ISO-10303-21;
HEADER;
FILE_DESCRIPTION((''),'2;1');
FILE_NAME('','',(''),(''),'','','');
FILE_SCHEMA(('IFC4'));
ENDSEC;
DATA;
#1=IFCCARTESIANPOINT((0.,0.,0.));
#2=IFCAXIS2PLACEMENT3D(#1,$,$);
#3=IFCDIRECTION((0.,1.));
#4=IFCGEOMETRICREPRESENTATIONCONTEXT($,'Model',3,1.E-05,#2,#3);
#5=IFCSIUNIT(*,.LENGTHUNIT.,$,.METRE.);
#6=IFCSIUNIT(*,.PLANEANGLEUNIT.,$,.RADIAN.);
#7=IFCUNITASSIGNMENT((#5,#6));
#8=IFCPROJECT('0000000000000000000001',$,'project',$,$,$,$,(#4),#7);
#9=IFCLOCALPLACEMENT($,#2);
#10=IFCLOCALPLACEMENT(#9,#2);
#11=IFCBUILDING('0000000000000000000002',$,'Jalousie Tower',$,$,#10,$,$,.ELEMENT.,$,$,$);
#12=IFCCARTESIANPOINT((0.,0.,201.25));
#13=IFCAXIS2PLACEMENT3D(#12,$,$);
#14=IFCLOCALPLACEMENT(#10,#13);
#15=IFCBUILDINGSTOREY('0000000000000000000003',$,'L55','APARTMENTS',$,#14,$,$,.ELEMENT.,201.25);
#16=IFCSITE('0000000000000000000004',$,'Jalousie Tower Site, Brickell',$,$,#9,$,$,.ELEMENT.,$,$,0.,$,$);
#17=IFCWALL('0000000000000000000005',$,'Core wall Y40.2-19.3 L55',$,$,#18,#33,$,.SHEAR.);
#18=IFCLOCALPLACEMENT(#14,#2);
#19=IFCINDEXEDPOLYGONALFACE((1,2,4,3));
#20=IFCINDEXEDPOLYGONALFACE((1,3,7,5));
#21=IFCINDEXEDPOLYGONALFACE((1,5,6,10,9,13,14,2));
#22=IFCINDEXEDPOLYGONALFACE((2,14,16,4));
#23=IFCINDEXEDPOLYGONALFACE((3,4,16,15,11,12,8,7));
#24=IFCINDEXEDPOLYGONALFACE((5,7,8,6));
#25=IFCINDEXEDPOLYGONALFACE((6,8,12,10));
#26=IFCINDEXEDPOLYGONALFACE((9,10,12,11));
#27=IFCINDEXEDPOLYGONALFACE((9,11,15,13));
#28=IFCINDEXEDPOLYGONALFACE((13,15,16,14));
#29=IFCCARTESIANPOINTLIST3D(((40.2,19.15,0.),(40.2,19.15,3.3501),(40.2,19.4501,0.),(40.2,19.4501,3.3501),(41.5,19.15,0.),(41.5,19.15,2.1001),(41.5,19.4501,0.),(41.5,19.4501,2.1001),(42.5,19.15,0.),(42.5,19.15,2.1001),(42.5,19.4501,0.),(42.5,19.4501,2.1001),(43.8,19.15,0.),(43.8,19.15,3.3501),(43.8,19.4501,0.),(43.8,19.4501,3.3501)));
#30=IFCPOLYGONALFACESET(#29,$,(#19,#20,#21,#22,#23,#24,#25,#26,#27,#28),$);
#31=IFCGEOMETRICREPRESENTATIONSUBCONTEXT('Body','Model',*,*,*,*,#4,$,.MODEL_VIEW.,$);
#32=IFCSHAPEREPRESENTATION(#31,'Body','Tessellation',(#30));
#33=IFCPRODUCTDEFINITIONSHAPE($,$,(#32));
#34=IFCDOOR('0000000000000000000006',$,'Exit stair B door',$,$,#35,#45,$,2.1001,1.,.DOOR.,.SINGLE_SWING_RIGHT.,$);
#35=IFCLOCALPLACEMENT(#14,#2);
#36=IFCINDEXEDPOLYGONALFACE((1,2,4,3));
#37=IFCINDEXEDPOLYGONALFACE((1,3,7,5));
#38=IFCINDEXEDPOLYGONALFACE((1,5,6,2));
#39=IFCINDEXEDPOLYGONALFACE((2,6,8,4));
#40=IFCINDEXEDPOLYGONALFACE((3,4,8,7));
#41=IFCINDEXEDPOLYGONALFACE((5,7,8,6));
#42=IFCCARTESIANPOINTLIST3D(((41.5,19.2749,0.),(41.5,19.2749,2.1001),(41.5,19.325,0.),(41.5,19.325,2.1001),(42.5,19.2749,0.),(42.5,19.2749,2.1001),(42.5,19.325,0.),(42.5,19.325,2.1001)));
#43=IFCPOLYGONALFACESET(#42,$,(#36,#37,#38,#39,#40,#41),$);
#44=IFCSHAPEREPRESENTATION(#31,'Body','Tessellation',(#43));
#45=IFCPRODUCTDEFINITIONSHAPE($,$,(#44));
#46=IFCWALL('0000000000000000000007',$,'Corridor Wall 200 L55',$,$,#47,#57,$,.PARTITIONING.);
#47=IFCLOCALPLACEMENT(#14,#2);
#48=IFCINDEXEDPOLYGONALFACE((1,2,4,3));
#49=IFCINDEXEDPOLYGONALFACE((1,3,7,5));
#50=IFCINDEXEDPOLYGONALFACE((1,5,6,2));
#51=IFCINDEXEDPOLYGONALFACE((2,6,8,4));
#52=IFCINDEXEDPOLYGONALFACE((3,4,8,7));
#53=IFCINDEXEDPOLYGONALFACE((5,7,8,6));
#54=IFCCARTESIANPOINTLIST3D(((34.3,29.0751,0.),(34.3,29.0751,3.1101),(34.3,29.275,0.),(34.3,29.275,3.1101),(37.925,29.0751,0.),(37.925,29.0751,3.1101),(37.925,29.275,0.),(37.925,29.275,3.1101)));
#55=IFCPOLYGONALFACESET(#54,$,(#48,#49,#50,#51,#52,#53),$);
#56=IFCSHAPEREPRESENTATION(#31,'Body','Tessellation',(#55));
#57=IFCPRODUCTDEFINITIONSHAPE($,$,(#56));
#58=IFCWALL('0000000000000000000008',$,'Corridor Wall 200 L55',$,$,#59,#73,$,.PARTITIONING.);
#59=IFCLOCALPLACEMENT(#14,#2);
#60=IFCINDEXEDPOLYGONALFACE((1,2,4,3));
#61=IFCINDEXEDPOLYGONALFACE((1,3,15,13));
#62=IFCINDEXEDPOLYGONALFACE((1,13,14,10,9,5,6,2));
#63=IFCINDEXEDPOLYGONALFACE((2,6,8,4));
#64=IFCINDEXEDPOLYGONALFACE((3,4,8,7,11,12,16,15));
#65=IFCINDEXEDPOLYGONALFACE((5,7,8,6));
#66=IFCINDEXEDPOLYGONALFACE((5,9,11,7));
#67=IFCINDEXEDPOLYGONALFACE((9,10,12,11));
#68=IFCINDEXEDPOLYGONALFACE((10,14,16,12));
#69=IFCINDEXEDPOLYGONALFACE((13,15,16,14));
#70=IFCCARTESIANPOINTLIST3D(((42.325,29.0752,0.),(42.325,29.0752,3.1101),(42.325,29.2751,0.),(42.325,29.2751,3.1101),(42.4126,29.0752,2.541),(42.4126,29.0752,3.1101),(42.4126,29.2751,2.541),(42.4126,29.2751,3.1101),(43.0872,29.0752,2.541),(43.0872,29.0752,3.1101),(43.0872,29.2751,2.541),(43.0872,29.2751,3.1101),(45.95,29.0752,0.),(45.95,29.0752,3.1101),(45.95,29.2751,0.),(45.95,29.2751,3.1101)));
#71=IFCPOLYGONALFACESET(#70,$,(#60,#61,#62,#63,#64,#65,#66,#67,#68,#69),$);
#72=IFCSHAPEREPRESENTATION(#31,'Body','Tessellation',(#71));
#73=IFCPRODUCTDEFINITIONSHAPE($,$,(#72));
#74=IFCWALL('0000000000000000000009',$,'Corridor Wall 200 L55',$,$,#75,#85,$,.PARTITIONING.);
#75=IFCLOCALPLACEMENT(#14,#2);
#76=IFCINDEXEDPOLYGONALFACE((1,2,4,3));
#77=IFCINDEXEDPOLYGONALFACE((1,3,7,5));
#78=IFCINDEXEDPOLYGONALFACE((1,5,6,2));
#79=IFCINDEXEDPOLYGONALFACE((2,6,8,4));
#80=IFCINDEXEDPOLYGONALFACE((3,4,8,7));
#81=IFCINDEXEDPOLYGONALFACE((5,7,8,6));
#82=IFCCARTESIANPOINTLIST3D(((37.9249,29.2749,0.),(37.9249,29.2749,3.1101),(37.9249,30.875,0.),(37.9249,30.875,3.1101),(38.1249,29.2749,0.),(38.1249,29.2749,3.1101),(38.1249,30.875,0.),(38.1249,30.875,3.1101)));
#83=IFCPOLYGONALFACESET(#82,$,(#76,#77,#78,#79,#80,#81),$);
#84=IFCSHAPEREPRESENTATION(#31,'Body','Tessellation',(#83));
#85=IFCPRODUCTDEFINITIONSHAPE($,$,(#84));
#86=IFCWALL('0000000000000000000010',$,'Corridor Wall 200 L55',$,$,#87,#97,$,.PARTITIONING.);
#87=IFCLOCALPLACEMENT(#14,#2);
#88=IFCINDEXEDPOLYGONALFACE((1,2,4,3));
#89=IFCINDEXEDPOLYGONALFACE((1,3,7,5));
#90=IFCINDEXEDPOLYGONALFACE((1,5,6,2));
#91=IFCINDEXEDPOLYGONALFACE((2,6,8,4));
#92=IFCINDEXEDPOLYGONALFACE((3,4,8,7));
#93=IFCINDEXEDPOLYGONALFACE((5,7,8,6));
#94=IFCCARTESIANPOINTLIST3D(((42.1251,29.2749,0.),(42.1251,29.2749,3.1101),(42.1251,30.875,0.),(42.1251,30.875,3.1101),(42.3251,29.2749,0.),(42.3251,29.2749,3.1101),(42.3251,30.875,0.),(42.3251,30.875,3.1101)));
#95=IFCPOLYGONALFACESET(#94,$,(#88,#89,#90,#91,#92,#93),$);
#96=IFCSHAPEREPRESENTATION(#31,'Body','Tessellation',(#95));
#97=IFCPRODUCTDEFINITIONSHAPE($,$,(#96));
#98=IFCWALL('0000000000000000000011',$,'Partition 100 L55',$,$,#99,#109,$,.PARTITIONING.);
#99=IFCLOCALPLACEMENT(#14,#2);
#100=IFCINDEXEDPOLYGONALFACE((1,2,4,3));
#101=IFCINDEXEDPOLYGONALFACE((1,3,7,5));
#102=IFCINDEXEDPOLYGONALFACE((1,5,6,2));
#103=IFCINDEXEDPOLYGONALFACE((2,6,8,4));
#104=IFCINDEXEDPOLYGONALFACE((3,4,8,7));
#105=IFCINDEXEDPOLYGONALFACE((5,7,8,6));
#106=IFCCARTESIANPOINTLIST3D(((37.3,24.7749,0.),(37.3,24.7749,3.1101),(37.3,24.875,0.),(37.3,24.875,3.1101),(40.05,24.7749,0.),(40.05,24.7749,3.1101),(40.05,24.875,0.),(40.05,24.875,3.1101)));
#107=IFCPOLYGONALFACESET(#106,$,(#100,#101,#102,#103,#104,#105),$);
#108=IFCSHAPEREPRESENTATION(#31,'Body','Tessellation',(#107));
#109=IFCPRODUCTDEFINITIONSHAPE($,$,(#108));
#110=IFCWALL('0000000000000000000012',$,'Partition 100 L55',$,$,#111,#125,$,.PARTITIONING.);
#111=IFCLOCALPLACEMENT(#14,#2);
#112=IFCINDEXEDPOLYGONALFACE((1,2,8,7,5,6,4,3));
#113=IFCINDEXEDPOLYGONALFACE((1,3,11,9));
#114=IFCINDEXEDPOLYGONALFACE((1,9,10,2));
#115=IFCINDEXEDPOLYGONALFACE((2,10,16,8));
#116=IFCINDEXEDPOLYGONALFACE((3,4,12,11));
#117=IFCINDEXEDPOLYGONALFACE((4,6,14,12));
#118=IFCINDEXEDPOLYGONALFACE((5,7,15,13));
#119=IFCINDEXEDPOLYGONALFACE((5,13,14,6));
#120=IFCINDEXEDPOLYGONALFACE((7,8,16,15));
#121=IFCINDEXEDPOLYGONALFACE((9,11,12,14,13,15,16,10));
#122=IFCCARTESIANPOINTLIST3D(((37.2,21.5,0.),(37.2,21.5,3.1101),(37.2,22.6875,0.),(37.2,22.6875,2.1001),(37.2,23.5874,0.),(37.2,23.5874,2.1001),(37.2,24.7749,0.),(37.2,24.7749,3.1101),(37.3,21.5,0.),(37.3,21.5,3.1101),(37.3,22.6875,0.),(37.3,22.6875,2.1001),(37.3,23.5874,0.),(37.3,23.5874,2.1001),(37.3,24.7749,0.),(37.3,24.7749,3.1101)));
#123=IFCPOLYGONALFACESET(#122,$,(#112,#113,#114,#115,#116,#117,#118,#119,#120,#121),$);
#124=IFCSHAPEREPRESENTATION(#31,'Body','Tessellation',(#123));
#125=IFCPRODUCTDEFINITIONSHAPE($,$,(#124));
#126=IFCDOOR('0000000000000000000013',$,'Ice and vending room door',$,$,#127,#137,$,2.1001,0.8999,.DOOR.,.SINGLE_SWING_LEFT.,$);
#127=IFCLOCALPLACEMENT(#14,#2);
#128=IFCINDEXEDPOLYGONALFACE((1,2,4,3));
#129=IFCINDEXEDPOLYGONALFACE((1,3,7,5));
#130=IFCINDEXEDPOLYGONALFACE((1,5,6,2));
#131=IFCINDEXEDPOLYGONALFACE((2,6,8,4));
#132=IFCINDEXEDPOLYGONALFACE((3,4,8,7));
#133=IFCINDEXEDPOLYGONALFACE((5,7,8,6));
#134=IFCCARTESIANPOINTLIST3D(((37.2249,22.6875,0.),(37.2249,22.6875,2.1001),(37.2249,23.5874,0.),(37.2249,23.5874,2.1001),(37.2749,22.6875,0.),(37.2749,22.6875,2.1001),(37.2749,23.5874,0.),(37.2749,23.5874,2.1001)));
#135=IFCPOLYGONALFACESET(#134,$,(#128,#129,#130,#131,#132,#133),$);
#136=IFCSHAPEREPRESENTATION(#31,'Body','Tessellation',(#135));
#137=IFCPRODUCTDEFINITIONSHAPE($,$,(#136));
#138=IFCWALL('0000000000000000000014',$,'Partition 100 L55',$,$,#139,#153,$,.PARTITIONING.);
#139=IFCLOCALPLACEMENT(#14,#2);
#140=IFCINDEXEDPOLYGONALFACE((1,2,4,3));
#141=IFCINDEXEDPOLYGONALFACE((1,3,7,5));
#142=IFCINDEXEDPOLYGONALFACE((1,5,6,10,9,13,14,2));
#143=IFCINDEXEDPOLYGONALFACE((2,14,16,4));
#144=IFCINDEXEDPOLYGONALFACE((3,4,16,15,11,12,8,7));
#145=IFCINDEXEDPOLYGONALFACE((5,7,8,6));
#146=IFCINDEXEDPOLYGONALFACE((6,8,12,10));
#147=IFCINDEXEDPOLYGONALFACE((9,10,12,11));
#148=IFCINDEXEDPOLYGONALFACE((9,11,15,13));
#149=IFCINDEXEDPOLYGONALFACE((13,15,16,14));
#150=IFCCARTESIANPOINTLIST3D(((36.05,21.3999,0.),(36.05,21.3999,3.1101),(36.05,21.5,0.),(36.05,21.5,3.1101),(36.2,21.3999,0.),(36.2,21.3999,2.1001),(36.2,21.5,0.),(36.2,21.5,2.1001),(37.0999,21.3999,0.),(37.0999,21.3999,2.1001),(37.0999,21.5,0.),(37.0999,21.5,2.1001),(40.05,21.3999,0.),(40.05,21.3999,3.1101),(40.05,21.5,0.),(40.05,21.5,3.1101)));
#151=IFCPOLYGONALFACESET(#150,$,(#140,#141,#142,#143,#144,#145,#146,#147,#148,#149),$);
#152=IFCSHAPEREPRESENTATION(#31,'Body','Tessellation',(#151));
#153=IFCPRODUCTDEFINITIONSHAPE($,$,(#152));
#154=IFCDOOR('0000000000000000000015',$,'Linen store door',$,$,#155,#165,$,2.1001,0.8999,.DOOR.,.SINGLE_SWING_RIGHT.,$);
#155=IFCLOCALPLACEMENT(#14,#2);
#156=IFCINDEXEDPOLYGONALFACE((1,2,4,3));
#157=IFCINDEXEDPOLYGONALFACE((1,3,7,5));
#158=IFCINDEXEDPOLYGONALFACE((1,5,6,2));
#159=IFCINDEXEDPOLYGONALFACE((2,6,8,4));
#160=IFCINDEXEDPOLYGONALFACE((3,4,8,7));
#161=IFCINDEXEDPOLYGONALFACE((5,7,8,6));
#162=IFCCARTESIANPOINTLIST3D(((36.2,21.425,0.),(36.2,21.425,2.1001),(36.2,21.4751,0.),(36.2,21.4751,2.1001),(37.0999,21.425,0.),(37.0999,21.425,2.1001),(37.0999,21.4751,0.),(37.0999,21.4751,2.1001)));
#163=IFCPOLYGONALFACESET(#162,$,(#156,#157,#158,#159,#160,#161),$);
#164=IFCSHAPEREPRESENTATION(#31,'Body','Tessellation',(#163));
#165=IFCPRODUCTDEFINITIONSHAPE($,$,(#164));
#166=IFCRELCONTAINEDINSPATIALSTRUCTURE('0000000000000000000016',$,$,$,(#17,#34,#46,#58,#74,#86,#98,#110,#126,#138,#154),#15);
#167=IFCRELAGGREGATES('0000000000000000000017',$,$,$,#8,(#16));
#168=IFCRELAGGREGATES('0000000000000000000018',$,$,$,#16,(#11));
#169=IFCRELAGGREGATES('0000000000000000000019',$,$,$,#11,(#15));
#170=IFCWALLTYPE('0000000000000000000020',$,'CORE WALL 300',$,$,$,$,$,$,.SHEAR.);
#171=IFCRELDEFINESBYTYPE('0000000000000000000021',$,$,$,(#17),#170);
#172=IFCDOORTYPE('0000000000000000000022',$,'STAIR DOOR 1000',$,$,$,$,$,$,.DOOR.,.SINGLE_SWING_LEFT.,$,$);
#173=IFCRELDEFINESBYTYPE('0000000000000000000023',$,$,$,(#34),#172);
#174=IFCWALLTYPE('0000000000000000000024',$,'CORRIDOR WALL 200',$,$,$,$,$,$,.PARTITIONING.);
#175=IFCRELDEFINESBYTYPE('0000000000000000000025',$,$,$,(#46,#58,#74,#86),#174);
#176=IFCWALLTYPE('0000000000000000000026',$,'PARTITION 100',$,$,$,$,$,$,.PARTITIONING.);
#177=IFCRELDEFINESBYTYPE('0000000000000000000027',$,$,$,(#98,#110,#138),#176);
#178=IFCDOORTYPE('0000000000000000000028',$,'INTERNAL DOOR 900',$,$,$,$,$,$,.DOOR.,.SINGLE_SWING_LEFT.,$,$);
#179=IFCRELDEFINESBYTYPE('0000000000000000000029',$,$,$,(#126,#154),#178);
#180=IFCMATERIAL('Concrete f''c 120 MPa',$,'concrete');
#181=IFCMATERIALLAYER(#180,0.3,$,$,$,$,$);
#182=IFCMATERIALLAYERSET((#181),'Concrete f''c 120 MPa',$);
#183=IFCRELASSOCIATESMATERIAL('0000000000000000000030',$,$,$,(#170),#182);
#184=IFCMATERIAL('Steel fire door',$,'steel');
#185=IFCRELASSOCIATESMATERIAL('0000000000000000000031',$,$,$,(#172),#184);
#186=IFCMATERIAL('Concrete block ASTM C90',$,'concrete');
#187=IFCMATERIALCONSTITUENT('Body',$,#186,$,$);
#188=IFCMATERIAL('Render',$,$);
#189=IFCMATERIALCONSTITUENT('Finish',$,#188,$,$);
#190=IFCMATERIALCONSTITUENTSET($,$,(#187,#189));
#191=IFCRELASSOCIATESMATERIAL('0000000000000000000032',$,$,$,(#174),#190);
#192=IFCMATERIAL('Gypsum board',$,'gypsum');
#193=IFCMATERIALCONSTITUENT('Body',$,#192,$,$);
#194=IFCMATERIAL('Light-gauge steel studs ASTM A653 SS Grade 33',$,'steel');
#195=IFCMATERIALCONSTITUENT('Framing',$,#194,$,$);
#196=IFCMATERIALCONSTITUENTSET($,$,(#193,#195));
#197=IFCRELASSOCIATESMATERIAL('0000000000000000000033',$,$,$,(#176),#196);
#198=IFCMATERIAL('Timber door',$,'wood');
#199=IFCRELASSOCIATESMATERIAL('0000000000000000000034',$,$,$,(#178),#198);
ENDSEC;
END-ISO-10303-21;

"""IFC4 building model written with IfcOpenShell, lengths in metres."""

from ifc_helpers import new_model, si_unit, direction, frame, frame_2d, origin, place, context, subcontext, project, spatial, polyline, rectangle, outline, extrude, material, layer, layer_set, constituent, constituent_set, type_object, element, fill, save


model = new_model("IFC4")

# Units and contexts
model_context = context("Model", 3, precision=1e-05, world=origin(), true_north=direction((0.0, 1.0)))
body_context = subcontext(model_context, "Body", "Model", "MODEL_VIEW")
ifc_project = project(units=[si_unit("LENGTHUNIT", "METRE"), si_unit("PLANEANGLEUNIT", "RADIAN")], contexts=[model_context])

# Site, building, storey
site_placement = place(None, origin())
site = spatial("IfcSite", under=ifc_project, at=site_placement, Name="Jalousie Tower Site, Brickell", CompositionType="ELEMENT", RefElevation=0.0)
building_placement = place(site_placement, origin())
building = spatial("IfcBuilding", under=site, at=building_placement, Name="Jalousie Tower", CompositionType="ELEMENT")
storey_placement = place(building_placement, frame((0.0, 0.0, 201.25)))
storey = spatial("IfcBuildingStorey", under=building, at=storey_placement, Name="L55", Description="APARTMENTS", CompositionType="ELEMENT", Elevation=201.25)

# Shared definitions
ifc_material_1 = material(Name="Concrete f'c 120 MPa", Category="concrete")
ifc_layer_1 = layer(ifc_material_1, 0.3)
ifc_layer_set_1 = layer_set([ifc_layer_1], Name="Concrete f'c 120 MPa")
wall_type_1 = type_object("IfcWallType", Name="CORE WALL 300", PredefinedType="SHEAR", material=ifc_layer_set_1)

# Wall, opening, door
wall_1_placement = place(storey_placement, frame((40.2, 19.3, 0.0), z_axis=(0.0, 0.0, 1.0), x_axis=(1.0, 0.0, 0.0)))
wall_1 = element("IfcWall", 1, at=wall_1_placement, inside=storey, type_object=wall_type_1, Name="Core wall Y40.2-19.3 L55", PredefinedType="SHEAR", context=body_context, shape_type="SweptSolid", body=[
    extrude(rectangle(XDim=3.6001, YDim=0.3, at=frame_2d((1.8, 0.0))), origin(), (0.0, 0.0, 1.0), 3.3501),
])
opening_1_placement = place(wall_1_placement, frame((1.3, 0.0, 0.0)))
opening_1 = element("IfcOpeningElement", 2, at=opening_1_placement, cuts=wall_1, PredefinedType="OPENING", context=body_context, shape_type="SweptSolid", body=[
    extrude(rectangle(XDim=1.0, YDim=2.1001, at=frame_2d((0.5, 1.05))), frame((0.0, 0.1599, 0.0), z_axis=(0.0, -1.0, 0.0), x_axis=(1.0, 0.0, 0.0)), (0.0, 0.0, 1.0), 0.3201),
])
ifc_material_2 = material(Name="Steel fire door", Category="steel")
door_type_1 = type_object("IfcDoorType", Name="STAIR DOOR 1000", OperationType="SINGLE_SWING_LEFT", PredefinedType="DOOR", material=ifc_material_2)
door_1_placement = place(opening_1_placement, origin())
door_1 = element("IfcDoor", 3, at=door_1_placement, inside=storey, type_object=door_type_1, Name="Exit stair B door", OperationType="SINGLE_SWING_RIGHT", OverallHeight=2.1001, OverallWidth=1.0, PredefinedType="DOOR", context=body_context, shape_type="SweptSolid", body=[
    extrude(rectangle(XDim=1.0, YDim=2.1001, at=frame_2d((0.5, 1.05))), frame((0.0, 0.0249, 0.0), z_axis=(0.0, -1.0, 0.0), x_axis=(1.0, 0.0, 0.0)), (0.0, 0.0, 1.0), 0.05),
])
fill(opening_1, door_1)

# Walls
ifc_material_3 = material(Name="Concrete block ASTM C90", Category="concrete")
ifc_constituent_1 = constituent(ifc_material_3, Name="Body")
ifc_material_4 = material(Name="Render")
ifc_constituent_2 = constituent(ifc_material_4, Name="Finish")
ifc_constituent_set_1 = constituent_set(constituents=[ifc_constituent_1, ifc_constituent_2])
wall_type_2 = type_object("IfcWallType", Name="CORRIDOR WALL 200", PredefinedType="PARTITIONING", material=ifc_constituent_set_1)
wall_2_placement = place(storey_placement, frame((34.3, 29.175, 0.0), z_axis=(0.0, 0.0, 1.0), x_axis=(1.0, 0.0, 0.0)))
element("IfcWall", 4, at=wall_2_placement, inside=storey, type_object=wall_type_2, Name="Corridor Wall 200 L55", PredefinedType="PARTITIONING", context=body_context, shape_type="SweptSolid", body=[
    extrude(rectangle(XDim=3.625, YDim=0.2, at=frame_2d((1.8125, 0.0))), origin(), (0.0, 0.0, 1.0), 3.1101),
])
wall_3_placement = place(storey_placement, frame((42.325, 29.175, 0.0), z_axis=(0.0, 0.0, 1.0), x_axis=(1.0, 0.0, 0.0)))
element("IfcWall", 5, at=wall_3_placement, inside=storey, type_object=wall_type_2, Name="Corridor Wall 200 L55", PredefinedType="PARTITIONING", context=body_context, shape_type="SweptSolid", body=[
    extrude(outline(polyline([(0.0, 0.0), (3.625, 0.0), (3.625, 3.1101), (0.7622, 3.1101), (0.7622, 2.541), (0.0876, 2.541), (0.0876, 3.1101), (0.0, 3.1101), (0.0, 0.0)])), frame((0.0, 0.1001, 0.0), z_axis=(0.0, -1.0, 0.0), x_axis=(1.0, 0.0, 0.0)), (0.0, 0.0, 1.0), 0.2),
])
for number, where, z_axis, x_axis, name in (
    (6, (38.0249, 29.2749, 0.0), (0.0, 0.0, 1.0), (0.0, 1.0, 0.0), "Corridor Wall 200 L55"),
    (7, (42.2251, 29.2749, 0.0), (0.0, 0.0, 1.0), (0.0, 1.0, 0.0), "Corridor Wall 200 L55"),
):
    element("IfcWall", number, at=place(storey_placement, frame(where, z_axis=z_axis, x_axis=x_axis)), inside=storey, type_object=wall_type_2, Name=name, PredefinedType="PARTITIONING", context=body_context, shape_type="SweptSolid", body=[
        extrude(rectangle(XDim=1.6001, YDim=0.2, at=frame_2d((0.8, 0.0))), origin(), (0.0, 0.0, 1.0), 3.1101),
    ])
ifc_material_5 = material(Name="Gypsum board", Category="gypsum")
ifc_constituent_3 = constituent(ifc_material_5, Name="Body")
ifc_material_6 = material(Name="Light-gauge steel studs ASTM A653 SS Grade 33", Category="steel")
ifc_constituent_4 = constituent(ifc_material_6, Name="Framing")
ifc_constituent_set_2 = constituent_set(constituents=[ifc_constituent_3, ifc_constituent_4])
wall_type_3 = type_object("IfcWallType", Name="PARTITION 100", PredefinedType="PARTITIONING", material=ifc_constituent_set_2)
wall_4_placement = place(storey_placement, frame((37.3, 24.825, 0.0), z_axis=(0.0, 0.0, 1.0), x_axis=(1.0, 0.0, 0.0)))
element("IfcWall", 8, at=wall_4_placement, inside=storey, type_object=wall_type_3, Name="Partition 100 L55", PredefinedType="PARTITIONING", context=body_context, shape_type="SweptSolid", body=[
    extrude(rectangle(XDim=2.75, YDim=0.1001, at=frame_2d((1.375, 0.0))), origin(), (0.0, 0.0, 1.0), 3.1101),
])

# Walls, openings, doors
wall_5_placement = place(storey_placement, frame((37.25, 21.5, 0.0), z_axis=(0.0, 0.0, 1.0), x_axis=(0.0, 1.0, 0.0)))
wall_5 = element("IfcWall", 9, at=wall_5_placement, inside=storey, type_object=wall_type_3, Name="Partition 100 L55", PredefinedType="PARTITIONING", context=body_context, shape_type="SweptSolid", body=[
    extrude(rectangle(XDim=3.2749, YDim=0.1001, at=frame_2d((1.6375, 0.0))), origin(), (0.0, 0.0, 1.0), 3.1101),
])
opening_2_placement = place(wall_5_placement, frame((1.1875, 0.0, 0.0)))
opening_2 = element("IfcOpeningElement", 10, at=opening_2_placement, cuts=wall_5, PredefinedType="OPENING", context=body_context, shape_type="SweptSolid", body=[
    extrude(rectangle(XDim=0.8999, YDim=2.1001, at=frame_2d((0.45, 1.05))), frame((0.0, 0.0601, 0.0), z_axis=(0.0, -1.0, 0.0), x_axis=(1.0, 0.0, 0.0)), (0.0, 0.0, 1.0), 0.1201),
])
ifc_material_7 = material(Name="Timber door", Category="wood")
door_type_2 = type_object("IfcDoorType", Name="INTERNAL DOOR 900", OperationType="SINGLE_SWING_LEFT", PredefinedType="DOOR", material=ifc_material_7)
door_2_placement = place(opening_2_placement, frame((0.8999, 0.0, 0.0), z_axis=(0.0, 0.0, 1.0), x_axis=(-1.0, 0.0, 0.0)))
door_2 = element("IfcDoor", 11, at=door_2_placement, inside=storey, type_object=door_type_2, Name="Ice and vending room door", OperationType="SINGLE_SWING_LEFT", OverallHeight=2.1001, OverallWidth=0.8999, PredefinedType="DOOR", context=body_context, shape_type="SweptSolid", body=[
    extrude(rectangle(XDim=0.8999, YDim=2.1001, at=frame_2d((0.45, 1.05))), frame((0.0, 0.0249, 0.0), z_axis=(0.0, -1.0, 0.0), x_axis=(1.0, 0.0, 0.0)), (0.0, 0.0, 1.0), 0.05),
])
fill(opening_2, door_2)
wall_6_placement = place(storey_placement, frame((36.05, 21.45, 0.0), z_axis=(0.0, 0.0, 1.0), x_axis=(1.0, 0.0, 0.0)))
wall_6 = element("IfcWall", 12, at=wall_6_placement, inside=storey, type_object=wall_type_3, Name="Partition 100 L55", PredefinedType="PARTITIONING", context=body_context, shape_type="SweptSolid", body=[
    extrude(rectangle(XDim=4.0, YDim=0.1001, at=frame_2d((2.0, 0.0))), origin(), (0.0, 0.0, 1.0), 3.1101),
])
opening_3_placement = place(wall_6_placement, frame((0.1499, 0.0, 0.0)))
opening_3 = element("IfcOpeningElement", 13, at=opening_3_placement, cuts=wall_6, PredefinedType="OPENING", context=body_context, shape_type="SweptSolid", body=[
    extrude(rectangle(XDim=0.8999, YDim=2.1001, at=frame_2d((0.45, 1.05))), frame((0.0, 0.0601, 0.0), z_axis=(0.0, -1.0, 0.0), x_axis=(1.0, 0.0, 0.0)), (0.0, 0.0, 1.0), 0.1201),
])
door_3_placement = place(opening_3_placement, frame((0.8999, 0.0, 0.0), z_axis=(0.0, 0.0, 1.0), x_axis=(-1.0, 0.0, 0.0)))
door_3 = element("IfcDoor", 14, at=door_3_placement, inside=storey, type_object=door_type_2, Name="Linen store door", OperationType="SINGLE_SWING_RIGHT", OverallHeight=2.1001, OverallWidth=0.8999, PredefinedType="DOOR", context=body_context, shape_type="SweptSolid", body=[
    extrude(rectangle(XDim=0.8999, YDim=2.1001, at=frame_2d((0.45, 1.05))), frame((0.0, 0.0249, 0.0), z_axis=(0.0, -1.0, 0.0), x_axis=(1.0, 0.0, 0.0)), (0.0, 0.0, 1.0), 0.05),
])
fill(opening_3, door_3)

save(model, "model.ifc")
